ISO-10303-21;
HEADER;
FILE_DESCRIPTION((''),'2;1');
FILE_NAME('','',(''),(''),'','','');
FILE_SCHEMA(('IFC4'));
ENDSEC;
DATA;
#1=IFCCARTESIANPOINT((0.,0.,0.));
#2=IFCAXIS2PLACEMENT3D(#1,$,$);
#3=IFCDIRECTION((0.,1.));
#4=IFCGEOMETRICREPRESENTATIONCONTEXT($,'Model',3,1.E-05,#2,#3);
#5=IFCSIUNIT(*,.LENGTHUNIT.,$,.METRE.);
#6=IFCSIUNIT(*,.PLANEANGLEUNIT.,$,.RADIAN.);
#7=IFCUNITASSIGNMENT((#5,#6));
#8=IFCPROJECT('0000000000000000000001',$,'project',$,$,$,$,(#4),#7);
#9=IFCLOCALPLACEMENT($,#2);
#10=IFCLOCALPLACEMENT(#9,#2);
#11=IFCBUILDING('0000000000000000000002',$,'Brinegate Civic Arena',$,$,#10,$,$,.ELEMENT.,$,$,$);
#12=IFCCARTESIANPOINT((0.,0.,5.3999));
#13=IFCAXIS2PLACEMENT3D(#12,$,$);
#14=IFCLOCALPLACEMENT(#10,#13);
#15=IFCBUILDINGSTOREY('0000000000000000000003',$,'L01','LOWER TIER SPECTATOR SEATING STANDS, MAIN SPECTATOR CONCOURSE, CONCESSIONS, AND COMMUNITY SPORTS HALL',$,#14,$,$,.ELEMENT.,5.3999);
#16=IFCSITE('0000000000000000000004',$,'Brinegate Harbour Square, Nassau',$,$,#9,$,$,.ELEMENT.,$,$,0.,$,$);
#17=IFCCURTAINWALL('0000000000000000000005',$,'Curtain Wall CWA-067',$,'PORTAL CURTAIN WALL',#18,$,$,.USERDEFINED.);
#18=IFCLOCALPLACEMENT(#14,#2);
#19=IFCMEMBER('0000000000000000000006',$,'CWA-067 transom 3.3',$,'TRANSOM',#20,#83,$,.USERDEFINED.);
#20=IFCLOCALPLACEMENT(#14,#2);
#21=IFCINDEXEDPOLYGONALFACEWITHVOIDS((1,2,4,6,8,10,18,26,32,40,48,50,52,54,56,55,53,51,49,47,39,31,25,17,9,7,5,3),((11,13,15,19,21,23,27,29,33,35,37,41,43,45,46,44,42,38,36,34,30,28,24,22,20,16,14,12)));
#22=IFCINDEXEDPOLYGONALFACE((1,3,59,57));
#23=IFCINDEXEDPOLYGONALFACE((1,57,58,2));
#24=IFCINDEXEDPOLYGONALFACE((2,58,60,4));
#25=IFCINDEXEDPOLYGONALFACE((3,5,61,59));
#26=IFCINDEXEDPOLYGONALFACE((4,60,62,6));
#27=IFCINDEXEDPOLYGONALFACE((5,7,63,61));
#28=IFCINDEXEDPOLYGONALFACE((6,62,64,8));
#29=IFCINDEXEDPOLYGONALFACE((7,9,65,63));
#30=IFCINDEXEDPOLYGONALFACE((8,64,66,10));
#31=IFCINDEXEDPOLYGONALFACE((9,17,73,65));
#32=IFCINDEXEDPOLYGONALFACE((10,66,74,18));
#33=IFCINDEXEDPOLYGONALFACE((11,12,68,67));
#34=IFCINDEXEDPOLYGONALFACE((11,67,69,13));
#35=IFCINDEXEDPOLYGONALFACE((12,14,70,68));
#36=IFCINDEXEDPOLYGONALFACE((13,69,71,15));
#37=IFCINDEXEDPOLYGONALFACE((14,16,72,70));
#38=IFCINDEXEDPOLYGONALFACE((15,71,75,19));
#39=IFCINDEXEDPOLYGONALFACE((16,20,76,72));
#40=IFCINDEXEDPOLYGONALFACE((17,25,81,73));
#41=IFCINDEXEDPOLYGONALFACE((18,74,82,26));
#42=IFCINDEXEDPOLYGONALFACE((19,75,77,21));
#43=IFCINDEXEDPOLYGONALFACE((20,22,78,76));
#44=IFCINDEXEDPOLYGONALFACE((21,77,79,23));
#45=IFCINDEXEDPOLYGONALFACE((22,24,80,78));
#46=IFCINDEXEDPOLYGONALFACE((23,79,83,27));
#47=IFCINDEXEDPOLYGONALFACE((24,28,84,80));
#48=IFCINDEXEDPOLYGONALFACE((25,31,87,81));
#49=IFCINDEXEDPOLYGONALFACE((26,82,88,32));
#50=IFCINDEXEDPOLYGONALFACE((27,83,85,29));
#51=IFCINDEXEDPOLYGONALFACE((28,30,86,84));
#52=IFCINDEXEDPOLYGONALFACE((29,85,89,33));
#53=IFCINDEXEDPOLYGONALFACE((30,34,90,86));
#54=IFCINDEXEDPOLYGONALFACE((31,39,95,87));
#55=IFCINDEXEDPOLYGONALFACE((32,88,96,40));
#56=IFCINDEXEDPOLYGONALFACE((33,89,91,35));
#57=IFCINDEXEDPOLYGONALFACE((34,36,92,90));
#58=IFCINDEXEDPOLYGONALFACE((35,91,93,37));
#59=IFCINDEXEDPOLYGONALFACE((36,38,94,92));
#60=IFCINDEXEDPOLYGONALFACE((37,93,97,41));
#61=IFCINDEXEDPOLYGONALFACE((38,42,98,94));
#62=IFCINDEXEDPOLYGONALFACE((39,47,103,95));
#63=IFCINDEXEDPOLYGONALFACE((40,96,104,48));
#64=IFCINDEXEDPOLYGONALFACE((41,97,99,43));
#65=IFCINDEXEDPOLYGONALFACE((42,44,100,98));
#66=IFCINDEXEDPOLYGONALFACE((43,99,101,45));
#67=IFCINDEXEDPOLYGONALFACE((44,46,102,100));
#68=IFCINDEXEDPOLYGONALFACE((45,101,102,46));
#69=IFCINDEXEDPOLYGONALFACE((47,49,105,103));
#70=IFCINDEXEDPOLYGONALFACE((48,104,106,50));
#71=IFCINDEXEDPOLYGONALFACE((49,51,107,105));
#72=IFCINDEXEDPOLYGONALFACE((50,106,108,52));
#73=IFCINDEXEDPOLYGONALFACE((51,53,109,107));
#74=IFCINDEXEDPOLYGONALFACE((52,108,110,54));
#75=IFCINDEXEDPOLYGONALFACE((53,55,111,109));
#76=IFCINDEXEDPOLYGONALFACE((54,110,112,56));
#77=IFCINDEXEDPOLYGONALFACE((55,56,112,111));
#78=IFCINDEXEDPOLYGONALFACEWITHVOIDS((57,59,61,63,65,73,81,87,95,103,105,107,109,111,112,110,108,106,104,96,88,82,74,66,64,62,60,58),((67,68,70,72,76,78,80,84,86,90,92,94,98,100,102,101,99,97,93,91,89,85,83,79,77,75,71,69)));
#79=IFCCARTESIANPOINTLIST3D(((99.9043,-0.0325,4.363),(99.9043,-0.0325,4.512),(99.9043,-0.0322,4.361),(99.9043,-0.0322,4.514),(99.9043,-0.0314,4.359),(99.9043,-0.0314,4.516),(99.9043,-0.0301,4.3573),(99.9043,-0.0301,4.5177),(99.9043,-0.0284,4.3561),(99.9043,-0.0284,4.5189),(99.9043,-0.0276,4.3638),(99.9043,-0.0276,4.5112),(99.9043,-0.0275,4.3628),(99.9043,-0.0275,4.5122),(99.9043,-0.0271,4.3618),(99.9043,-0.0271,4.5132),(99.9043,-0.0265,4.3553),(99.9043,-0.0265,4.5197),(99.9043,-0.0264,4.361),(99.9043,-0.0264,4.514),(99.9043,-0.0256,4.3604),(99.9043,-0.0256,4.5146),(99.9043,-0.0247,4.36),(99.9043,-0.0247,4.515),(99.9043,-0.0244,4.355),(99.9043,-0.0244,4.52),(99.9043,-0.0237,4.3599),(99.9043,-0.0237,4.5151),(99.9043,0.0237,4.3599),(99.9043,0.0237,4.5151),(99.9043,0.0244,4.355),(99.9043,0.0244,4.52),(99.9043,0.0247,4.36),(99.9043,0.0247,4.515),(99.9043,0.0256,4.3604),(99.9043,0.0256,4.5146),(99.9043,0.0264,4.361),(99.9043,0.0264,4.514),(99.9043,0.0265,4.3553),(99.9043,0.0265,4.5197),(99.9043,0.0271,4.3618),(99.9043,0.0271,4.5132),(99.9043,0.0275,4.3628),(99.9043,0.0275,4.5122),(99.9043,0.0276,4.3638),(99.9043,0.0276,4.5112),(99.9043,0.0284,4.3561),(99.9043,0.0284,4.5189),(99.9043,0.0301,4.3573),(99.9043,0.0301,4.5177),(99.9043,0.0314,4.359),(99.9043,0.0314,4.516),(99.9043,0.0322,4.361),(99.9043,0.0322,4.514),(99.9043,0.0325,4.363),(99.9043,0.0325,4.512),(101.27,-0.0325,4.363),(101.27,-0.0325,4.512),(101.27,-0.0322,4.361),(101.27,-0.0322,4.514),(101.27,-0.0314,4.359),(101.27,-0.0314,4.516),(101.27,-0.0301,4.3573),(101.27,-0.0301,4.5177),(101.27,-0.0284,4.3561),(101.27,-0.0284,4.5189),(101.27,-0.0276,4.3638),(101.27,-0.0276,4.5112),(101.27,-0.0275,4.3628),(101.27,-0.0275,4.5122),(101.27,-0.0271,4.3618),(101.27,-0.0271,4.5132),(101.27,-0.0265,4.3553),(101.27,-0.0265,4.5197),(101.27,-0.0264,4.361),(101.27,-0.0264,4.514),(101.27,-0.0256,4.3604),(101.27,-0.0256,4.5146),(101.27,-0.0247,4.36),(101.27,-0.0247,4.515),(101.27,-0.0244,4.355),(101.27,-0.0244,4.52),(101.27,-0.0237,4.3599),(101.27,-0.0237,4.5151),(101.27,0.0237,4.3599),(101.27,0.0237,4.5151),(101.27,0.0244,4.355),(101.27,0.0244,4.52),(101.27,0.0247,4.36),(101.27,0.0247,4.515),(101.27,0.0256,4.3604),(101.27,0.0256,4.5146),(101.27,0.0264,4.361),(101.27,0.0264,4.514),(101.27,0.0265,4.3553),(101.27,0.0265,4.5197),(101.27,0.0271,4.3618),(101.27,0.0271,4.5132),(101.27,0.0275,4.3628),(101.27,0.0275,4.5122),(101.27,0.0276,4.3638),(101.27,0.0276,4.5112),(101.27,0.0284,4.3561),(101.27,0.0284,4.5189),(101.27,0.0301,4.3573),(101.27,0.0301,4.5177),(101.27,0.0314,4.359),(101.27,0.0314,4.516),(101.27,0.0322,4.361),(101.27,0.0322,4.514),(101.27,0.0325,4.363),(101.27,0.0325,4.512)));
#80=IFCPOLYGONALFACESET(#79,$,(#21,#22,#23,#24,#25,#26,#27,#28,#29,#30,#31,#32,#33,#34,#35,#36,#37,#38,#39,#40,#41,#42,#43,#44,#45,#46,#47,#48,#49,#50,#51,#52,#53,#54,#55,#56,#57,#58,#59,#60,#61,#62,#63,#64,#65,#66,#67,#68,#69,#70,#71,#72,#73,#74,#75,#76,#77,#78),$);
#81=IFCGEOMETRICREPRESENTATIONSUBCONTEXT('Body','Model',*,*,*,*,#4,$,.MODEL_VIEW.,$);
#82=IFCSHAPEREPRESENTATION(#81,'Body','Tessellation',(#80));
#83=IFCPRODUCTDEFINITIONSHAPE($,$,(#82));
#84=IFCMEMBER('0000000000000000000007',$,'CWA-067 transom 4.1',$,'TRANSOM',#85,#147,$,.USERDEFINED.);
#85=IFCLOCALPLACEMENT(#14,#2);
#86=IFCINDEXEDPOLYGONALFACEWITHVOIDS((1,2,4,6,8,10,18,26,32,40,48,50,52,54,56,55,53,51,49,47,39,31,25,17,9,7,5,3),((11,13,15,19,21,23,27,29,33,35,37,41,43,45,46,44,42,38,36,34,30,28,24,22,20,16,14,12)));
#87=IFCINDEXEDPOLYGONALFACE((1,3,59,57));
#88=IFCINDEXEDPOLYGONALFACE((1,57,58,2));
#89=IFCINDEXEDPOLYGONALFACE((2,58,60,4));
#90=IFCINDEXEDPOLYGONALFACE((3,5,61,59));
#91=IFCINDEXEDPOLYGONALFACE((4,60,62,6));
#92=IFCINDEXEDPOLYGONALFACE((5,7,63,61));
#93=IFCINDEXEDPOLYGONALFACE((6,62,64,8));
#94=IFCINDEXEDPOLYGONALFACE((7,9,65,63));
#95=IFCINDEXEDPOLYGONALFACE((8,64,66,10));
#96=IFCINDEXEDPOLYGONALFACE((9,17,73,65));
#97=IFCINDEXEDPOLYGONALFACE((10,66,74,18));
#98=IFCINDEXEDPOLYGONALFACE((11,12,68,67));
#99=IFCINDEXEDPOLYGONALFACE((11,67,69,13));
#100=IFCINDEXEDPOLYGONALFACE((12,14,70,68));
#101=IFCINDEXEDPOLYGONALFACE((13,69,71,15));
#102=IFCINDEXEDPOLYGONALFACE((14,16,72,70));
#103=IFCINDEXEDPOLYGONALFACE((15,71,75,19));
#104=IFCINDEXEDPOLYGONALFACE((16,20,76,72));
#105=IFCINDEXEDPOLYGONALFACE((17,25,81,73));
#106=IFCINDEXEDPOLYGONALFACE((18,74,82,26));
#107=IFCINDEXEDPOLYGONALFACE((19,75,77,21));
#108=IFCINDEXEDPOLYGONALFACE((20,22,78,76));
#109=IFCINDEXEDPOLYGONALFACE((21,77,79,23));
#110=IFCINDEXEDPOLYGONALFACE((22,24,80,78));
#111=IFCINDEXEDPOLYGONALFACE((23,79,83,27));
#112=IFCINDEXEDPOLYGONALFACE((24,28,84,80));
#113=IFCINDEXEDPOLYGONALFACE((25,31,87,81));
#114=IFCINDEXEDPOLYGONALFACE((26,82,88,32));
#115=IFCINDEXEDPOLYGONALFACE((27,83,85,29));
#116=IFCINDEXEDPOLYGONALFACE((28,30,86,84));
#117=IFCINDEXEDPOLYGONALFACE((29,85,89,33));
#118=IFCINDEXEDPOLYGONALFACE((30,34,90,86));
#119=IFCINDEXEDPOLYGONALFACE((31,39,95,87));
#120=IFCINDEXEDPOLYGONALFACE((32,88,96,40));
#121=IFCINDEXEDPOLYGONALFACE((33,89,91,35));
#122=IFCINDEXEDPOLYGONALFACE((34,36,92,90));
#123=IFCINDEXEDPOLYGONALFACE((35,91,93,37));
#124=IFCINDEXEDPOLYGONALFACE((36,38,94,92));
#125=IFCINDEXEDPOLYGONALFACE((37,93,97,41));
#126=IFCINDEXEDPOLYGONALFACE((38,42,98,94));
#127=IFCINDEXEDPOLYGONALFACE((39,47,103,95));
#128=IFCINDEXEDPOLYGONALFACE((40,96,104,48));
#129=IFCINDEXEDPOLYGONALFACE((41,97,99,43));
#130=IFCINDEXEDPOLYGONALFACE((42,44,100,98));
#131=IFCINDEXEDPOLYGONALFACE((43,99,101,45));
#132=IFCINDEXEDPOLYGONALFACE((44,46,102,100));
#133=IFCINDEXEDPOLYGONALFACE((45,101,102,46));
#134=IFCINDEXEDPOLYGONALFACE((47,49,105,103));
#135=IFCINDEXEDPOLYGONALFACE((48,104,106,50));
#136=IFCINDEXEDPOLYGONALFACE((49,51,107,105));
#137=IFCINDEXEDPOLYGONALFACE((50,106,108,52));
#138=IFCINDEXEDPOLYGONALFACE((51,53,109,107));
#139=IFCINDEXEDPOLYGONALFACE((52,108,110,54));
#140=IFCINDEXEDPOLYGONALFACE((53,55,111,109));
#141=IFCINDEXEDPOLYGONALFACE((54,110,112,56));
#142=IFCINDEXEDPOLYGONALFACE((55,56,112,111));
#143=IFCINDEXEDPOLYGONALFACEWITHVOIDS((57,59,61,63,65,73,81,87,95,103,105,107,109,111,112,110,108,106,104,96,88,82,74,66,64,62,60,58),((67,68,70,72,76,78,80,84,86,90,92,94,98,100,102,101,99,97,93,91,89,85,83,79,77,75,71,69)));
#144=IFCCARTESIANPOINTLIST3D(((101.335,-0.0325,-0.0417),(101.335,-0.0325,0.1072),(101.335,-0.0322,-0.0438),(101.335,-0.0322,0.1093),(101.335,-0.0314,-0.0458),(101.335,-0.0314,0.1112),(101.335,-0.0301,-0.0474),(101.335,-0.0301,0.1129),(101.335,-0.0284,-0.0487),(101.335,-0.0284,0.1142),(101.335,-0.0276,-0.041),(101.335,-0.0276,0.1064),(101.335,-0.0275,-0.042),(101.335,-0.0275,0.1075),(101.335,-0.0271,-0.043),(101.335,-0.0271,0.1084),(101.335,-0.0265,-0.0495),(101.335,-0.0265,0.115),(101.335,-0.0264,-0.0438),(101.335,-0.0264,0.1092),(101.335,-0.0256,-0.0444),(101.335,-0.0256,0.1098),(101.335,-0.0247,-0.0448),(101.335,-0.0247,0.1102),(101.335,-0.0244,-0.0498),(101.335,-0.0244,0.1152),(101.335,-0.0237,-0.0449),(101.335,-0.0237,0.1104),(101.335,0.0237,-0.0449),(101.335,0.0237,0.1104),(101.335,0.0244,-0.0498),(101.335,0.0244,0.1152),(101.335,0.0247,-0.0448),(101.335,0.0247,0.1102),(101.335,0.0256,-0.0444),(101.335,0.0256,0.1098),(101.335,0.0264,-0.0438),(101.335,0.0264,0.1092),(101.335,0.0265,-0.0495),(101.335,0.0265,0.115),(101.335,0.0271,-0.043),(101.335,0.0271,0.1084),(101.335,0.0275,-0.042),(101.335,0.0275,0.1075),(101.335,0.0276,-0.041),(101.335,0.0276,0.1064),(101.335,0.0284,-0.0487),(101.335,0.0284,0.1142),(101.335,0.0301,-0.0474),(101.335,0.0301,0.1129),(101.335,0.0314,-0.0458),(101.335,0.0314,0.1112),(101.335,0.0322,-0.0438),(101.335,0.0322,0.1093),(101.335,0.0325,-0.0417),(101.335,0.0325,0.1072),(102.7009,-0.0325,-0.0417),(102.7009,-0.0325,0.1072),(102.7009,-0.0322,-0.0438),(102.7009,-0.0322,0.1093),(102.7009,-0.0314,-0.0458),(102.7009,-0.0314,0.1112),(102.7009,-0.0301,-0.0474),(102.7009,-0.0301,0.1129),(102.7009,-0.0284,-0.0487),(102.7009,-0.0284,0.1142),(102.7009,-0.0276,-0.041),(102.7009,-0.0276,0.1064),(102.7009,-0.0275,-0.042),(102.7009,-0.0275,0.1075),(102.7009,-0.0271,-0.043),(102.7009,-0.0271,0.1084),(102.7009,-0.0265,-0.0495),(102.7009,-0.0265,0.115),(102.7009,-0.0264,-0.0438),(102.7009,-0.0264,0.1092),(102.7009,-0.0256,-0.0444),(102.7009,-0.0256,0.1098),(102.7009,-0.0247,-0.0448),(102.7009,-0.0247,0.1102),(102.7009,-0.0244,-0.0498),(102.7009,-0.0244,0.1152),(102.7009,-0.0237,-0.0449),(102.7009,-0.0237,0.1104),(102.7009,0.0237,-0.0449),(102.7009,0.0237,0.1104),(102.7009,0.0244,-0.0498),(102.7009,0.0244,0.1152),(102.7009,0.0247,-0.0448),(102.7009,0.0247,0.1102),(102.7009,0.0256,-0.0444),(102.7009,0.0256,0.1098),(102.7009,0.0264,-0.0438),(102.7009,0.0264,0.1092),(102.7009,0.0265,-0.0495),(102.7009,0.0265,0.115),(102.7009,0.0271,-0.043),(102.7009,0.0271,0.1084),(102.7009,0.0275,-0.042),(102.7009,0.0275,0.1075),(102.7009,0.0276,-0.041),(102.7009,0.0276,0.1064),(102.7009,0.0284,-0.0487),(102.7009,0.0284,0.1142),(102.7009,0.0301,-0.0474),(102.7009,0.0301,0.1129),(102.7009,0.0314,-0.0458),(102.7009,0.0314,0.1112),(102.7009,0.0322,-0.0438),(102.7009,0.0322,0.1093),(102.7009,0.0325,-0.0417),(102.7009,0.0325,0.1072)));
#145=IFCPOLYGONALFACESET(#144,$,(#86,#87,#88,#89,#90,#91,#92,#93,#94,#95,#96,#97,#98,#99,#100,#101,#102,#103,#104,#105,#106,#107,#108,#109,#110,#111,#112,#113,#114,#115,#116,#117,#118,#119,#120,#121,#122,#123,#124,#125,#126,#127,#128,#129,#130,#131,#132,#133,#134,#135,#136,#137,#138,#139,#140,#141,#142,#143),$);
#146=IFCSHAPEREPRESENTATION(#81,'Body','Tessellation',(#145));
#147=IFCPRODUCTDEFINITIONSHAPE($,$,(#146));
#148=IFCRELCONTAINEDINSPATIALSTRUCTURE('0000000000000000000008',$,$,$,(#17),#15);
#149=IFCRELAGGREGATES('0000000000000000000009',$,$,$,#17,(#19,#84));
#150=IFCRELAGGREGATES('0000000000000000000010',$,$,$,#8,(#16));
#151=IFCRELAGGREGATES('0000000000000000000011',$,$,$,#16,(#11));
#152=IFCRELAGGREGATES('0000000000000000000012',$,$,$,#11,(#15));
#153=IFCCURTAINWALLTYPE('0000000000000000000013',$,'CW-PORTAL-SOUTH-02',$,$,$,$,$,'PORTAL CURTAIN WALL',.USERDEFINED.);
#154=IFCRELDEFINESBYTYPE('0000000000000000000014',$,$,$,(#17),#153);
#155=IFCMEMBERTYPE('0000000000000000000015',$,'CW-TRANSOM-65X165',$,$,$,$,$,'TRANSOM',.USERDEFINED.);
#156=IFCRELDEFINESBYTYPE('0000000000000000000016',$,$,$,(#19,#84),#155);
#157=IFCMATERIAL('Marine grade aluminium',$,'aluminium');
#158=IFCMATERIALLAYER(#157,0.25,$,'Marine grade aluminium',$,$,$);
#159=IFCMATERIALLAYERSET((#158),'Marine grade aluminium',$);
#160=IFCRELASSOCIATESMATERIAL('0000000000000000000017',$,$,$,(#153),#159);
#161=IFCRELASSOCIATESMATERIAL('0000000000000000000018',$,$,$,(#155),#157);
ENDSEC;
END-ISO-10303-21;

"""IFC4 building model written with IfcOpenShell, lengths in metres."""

from ifc_helpers import new_model, si_unit, direction, frame, origin, origin_2d, place, context, subcontext, project, spatial, hollow_rectangle, extrude, material, layer, layer_set, material_profile, profile_set, type_object, element, aggregate, save


model = new_model("IFC4")

# Units and contexts
model_context = context("Model", 3, precision=1e-05, world=origin(), true_north=direction((0.0, 1.0)))
body_context = subcontext(model_context, "Body", "Model", "MODEL_VIEW")
ifc_project = project(units=[si_unit("LENGTHUNIT", "METRE"), si_unit("PLANEANGLEUNIT", "RADIAN")], contexts=[model_context])

# Site, building, storey
site_placement = place(None, origin())
site = spatial("IfcSite", under=ifc_project, at=site_placement, Name="Brinegate Harbour Square, Nassau", CompositionType="ELEMENT", RefElevation=0.0)
building_placement = place(site_placement, origin())
building = spatial("IfcBuilding", under=site, at=building_placement, Name="Brinegate Civic Arena", CompositionType="ELEMENT")
storey_placement = place(building_placement, frame((0.0, 0.0, 5.3999)))
storey = spatial("IfcBuildingStorey", under=building, at=storey_placement, Name="L01", Description="LOWER TIER SPECTATOR SEATING STANDS, MAIN SPECTATOR CONCOURSE, CONCESSIONS, AND COMMUNITY SPORTS HALL", CompositionType="ELEMENT", Elevation=5.3999)

# Curtain wall, members
ifc_material_1 = material(Name="Marine grade aluminium", Category="aluminium")
ifc_layer_1 = layer(ifc_material_1, 0.25, Name="Marine grade aluminium")
ifc_layer_set_1 = layer_set([ifc_layer_1], Name="Marine grade aluminium")
curtain_wall_type = type_object("IfcCurtainWallType", Name="CW-PORTAL-SOUTH-02", ElementType="PORTAL CURTAIN WALL", PredefinedType="USERDEFINED", material=ifc_layer_set_1)
curtain_wall_placement = place(storey_placement, origin())
curtain_wall = element("IfcCurtainWall", 1, at=curtain_wall_placement, inside=storey, type_object=curtain_wall_type, Name="Curtain Wall CWA-067", ObjectType="PORTAL CURTAIN WALL", PredefinedType="USERDEFINED")
ifc_material_profile_1 = material_profile(ifc_material_1, hollow_rectangle(XDim=0.0649, YDim=0.165, WallThickness=0.0049, InnerFilletRadius=0.0039, OuterFilletRadius=0.0081, at=origin_2d()), Name="TRN65X165")
ifc_profile_set_1 = profile_set([ifc_material_profile_1], Name="Marine grade aluminium")
member_type_1 = type_object("IfcMemberType", Name="CW-TRANSOM-65X165", ElementType="TRANSOM", PredefinedType="USERDEFINED", material=ifc_profile_set_1)
member_1_placement = place(storey_placement, frame((99.9043, 0.0, 4.4375), z_axis=(1.0, 0.0, 0.0), x_axis=(0.0, 1.0, 0.0)))
member_1 = element("IfcMember", 2, at=member_1_placement, type_object=member_type_1, Name="CWA-067 transom 3.3", ObjectType="TRANSOM", PredefinedType="USERDEFINED", context=body_context, shape_type="SweptSolid", body=[
    extrude(hollow_rectangle(XDim=0.0649, YDim=0.165, WallThickness=0.0049, InnerFilletRadius=0.0039, OuterFilletRadius=0.0081, at=origin_2d()), origin(), (0.0, 0.0, 1.0), 1.3657),
])
member_2_placement = place(storey_placement, frame((101.335, 0.0, 0.0327), z_axis=(1.0, 0.0, 0.0), x_axis=(0.0, 1.0, 0.0)))
member_2 = element("IfcMember", 3, at=member_2_placement, type_object=member_type_1, Name="CWA-067 transom 4.1", ObjectType="TRANSOM", PredefinedType="USERDEFINED", context=body_context, shape_type="SweptSolid", body=[
    extrude(hollow_rectangle(XDim=0.0649, YDim=0.165, WallThickness=0.0049, InnerFilletRadius=0.0039, OuterFilletRadius=0.0081, at=origin_2d()), origin(), (0.0, 0.0, 1.0), 1.366),
])
aggregate(curtain_wall, [member_1, member_2])

save(model, "model.ifc")
